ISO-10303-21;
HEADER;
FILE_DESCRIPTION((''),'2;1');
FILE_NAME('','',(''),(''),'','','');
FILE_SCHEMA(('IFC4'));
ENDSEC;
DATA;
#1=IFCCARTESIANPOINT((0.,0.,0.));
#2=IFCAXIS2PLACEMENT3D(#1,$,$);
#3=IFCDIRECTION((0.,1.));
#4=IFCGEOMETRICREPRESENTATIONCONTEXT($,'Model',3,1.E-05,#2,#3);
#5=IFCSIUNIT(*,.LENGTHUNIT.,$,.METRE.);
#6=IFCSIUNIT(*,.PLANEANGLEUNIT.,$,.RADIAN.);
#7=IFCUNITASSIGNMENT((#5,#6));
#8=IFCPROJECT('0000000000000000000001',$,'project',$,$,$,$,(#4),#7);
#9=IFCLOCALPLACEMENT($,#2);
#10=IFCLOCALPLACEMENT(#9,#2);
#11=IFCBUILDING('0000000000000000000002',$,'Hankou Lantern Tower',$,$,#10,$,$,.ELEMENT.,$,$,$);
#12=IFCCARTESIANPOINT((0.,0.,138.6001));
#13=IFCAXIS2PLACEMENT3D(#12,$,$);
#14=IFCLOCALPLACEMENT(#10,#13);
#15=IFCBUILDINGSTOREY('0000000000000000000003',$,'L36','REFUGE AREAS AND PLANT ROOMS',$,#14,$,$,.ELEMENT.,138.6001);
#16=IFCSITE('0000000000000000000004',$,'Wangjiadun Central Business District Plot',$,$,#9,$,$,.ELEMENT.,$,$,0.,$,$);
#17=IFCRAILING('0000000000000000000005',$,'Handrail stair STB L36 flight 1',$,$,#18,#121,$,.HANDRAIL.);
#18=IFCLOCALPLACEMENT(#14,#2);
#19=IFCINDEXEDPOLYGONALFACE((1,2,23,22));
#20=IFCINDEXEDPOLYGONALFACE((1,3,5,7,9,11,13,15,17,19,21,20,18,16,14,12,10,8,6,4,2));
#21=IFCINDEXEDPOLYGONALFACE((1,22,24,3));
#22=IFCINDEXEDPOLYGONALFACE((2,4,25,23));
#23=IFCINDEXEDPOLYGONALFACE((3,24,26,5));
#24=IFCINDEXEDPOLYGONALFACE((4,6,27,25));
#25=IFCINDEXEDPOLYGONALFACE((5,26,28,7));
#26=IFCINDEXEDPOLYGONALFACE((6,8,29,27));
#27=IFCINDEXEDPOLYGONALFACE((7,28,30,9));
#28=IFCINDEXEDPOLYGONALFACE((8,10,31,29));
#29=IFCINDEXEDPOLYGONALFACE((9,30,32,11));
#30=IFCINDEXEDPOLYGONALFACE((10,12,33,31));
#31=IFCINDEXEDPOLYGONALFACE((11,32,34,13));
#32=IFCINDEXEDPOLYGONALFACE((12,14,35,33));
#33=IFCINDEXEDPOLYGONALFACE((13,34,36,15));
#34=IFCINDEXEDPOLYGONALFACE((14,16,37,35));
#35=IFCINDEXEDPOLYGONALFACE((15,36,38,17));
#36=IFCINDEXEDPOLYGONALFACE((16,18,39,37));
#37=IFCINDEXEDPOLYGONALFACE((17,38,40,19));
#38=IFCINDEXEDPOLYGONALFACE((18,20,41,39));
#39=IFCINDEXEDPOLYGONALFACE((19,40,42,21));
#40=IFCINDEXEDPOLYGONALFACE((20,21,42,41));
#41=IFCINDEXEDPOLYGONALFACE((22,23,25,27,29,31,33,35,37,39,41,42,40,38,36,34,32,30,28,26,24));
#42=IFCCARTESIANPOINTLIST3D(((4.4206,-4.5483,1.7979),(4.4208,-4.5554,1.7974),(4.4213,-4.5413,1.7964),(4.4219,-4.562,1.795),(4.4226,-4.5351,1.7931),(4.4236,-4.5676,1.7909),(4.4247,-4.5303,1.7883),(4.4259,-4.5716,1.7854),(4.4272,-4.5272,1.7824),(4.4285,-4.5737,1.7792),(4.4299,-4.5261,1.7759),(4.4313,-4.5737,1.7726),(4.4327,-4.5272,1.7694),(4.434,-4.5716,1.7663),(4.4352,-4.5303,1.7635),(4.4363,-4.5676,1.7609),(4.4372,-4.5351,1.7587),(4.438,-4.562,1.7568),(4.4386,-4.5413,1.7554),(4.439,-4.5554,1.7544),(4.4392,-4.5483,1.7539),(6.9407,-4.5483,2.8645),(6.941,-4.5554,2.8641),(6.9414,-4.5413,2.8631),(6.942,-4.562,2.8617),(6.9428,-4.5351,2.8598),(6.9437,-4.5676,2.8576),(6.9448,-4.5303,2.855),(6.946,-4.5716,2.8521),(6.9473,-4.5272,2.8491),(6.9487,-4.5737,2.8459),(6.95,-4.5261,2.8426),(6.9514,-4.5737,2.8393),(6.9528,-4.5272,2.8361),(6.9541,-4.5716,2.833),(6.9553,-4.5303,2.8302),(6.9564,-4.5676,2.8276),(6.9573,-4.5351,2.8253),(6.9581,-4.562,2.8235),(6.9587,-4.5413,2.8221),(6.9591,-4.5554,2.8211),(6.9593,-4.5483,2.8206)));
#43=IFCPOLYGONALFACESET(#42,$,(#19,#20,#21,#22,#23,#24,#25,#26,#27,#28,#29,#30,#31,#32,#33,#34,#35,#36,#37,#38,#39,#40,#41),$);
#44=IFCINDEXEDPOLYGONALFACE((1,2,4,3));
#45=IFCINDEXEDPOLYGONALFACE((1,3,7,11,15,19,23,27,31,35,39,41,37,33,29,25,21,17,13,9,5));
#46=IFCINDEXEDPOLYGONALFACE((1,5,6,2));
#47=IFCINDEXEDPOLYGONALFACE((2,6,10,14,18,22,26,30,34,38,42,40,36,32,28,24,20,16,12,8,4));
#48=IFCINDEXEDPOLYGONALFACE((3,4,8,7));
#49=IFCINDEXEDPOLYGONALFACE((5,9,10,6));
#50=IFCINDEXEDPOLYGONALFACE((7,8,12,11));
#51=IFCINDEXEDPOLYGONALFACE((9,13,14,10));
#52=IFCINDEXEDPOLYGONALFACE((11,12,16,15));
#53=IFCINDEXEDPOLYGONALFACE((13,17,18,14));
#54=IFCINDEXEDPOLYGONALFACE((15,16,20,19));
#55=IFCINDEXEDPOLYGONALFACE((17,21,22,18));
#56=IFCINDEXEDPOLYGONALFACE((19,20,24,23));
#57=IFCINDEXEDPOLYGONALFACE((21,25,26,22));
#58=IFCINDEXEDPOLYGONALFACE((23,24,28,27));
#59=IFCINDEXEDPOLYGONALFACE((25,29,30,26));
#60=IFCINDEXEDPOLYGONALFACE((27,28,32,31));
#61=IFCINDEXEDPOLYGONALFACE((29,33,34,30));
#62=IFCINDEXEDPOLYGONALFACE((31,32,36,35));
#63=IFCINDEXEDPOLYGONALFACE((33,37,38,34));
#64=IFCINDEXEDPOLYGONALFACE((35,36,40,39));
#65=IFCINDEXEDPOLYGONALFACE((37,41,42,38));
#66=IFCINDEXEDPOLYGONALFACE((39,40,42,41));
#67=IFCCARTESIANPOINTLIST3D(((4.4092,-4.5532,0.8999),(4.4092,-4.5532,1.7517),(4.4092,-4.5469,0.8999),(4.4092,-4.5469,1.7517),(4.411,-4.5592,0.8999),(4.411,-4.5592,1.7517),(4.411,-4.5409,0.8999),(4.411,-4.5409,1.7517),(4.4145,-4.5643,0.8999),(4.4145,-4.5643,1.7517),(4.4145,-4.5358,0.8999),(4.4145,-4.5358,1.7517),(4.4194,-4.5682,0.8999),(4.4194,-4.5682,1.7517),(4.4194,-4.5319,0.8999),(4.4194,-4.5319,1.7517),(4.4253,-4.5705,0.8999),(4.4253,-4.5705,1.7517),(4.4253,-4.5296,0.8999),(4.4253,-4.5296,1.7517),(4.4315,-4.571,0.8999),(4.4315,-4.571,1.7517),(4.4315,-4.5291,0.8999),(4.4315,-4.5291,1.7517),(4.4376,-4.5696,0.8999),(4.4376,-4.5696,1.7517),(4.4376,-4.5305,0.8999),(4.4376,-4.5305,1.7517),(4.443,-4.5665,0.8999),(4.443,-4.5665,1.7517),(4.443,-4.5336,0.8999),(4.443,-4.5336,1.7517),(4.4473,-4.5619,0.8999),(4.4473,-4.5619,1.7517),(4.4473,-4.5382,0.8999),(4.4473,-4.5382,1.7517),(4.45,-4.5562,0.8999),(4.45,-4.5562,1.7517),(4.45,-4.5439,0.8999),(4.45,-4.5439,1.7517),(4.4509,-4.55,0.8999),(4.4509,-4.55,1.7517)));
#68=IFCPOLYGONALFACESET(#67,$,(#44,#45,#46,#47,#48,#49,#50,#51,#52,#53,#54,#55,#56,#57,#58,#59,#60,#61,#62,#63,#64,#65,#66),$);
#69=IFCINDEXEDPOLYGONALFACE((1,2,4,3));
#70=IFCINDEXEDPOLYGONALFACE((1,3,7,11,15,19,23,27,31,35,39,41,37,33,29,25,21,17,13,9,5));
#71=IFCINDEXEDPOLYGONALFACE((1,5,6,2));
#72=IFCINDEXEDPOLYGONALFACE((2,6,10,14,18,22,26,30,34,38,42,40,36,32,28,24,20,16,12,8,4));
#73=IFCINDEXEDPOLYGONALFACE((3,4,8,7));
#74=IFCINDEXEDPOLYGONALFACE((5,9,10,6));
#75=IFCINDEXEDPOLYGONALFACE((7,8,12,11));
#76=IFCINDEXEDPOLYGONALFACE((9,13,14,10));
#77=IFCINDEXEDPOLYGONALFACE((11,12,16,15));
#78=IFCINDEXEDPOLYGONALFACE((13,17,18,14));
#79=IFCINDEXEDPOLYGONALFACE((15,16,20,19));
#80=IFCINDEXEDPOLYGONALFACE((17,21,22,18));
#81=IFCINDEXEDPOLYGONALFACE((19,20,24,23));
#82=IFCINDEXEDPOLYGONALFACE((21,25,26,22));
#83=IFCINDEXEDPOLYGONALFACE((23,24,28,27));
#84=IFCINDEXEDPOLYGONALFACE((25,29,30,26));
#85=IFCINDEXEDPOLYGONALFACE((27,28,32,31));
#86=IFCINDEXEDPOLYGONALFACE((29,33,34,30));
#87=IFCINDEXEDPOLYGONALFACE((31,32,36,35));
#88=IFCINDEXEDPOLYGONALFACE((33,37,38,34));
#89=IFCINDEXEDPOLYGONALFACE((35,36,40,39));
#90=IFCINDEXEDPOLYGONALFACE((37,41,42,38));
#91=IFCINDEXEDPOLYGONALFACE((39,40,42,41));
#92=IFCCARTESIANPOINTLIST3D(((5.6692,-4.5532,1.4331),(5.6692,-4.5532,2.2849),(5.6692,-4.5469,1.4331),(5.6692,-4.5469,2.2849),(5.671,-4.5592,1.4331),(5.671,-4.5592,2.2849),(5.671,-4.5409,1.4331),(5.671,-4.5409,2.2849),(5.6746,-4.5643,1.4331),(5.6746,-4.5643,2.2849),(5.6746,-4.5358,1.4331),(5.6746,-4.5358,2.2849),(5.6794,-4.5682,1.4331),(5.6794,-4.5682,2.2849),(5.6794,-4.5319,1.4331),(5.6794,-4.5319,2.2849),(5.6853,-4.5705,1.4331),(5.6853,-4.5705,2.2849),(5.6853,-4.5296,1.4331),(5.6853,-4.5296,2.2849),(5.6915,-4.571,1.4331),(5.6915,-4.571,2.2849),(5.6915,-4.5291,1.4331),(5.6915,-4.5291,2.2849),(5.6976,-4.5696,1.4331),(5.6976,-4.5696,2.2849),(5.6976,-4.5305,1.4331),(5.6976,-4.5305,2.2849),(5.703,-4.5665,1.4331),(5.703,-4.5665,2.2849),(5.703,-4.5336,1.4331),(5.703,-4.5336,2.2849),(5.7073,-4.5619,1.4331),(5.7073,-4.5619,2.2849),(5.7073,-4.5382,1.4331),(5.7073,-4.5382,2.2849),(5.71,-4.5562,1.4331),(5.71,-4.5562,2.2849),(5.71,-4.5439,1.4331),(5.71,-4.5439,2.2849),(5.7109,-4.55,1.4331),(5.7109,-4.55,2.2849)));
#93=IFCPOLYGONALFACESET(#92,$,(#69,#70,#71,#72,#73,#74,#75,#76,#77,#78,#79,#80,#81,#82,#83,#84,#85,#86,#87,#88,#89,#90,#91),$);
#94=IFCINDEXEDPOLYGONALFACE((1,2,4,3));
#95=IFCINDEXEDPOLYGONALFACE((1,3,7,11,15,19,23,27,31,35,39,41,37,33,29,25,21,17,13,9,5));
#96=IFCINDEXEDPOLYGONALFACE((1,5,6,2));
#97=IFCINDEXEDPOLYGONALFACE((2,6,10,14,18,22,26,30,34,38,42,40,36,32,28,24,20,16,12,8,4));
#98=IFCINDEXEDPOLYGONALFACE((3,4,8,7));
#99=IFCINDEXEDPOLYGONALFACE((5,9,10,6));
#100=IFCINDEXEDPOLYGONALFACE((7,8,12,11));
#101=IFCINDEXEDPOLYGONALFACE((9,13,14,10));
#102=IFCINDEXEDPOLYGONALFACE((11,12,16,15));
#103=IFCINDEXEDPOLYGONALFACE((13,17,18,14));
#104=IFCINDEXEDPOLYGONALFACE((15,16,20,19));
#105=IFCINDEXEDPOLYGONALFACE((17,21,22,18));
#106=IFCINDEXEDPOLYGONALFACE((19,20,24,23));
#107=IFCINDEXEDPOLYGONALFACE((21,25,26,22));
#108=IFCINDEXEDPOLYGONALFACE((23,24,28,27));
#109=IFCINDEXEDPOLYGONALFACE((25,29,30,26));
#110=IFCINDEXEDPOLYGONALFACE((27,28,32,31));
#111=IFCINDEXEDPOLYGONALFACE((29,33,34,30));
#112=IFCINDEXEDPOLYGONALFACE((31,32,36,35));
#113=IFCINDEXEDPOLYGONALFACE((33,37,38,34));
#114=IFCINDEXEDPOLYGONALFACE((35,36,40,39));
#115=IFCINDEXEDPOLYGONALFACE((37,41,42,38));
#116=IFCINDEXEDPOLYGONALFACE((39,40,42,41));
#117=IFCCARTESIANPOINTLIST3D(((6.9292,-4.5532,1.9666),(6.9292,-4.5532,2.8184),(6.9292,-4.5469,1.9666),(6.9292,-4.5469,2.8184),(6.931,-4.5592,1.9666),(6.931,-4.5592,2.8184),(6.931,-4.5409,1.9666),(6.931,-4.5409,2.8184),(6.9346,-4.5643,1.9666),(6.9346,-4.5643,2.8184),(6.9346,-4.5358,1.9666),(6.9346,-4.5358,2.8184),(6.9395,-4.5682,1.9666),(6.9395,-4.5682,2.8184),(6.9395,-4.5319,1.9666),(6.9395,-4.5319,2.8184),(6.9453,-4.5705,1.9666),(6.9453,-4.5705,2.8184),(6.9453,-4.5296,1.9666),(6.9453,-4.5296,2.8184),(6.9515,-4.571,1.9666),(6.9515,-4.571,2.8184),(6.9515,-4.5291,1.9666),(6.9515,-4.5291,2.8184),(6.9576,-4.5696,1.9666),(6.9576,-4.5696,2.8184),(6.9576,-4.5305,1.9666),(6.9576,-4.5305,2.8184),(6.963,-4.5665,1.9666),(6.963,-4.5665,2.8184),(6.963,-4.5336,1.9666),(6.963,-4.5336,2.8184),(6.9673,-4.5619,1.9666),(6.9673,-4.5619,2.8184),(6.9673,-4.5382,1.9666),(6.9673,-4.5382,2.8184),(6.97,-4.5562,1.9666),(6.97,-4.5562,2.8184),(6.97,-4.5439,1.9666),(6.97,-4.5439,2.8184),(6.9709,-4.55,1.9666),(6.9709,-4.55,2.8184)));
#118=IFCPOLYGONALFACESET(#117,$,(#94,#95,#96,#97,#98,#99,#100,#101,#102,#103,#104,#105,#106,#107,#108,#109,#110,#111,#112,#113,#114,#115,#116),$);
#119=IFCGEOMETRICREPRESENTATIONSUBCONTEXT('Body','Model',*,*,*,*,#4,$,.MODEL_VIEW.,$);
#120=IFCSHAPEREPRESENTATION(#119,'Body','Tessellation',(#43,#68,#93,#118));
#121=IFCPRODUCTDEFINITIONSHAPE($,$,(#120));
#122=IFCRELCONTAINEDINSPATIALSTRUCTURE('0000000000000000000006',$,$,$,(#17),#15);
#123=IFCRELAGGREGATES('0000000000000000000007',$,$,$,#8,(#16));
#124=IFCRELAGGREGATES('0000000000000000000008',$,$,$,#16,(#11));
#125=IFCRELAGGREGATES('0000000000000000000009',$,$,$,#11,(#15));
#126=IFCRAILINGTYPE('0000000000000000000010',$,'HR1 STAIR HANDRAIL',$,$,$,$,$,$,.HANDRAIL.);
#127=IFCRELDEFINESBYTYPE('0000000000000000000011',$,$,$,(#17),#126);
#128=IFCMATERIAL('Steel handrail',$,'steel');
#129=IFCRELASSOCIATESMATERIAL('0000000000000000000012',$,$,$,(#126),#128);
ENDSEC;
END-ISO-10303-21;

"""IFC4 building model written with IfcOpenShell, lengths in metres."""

from ifc_helpers import new_model, si_unit, direction, frame, origin, origin_2d, place, context, subcontext, project, spatial, circle, extrude, material, type_object, element, save


model = new_model("IFC4")

# Units and contexts
model_context = context("Model", 3, precision=1e-05, world=origin(), true_north=direction((0.0, 1.0)))
body_context = subcontext(model_context, "Body", "Model", "MODEL_VIEW")
ifc_project = project(units=[si_unit("LENGTHUNIT", "METRE"), si_unit("PLANEANGLEUNIT", "RADIAN")], contexts=[model_context])

# Site, building, storey
site_placement = place(None, origin())
site = spatial("IfcSite", under=ifc_project, at=site_placement, Name="Wangjiadun Central Business District Plot", CompositionType="ELEMENT", RefElevation=0.0)
building_placement = place(site_placement, origin())
building = spatial("IfcBuilding", under=site, at=building_placement, Name="Hankou Lantern Tower", CompositionType="ELEMENT")
storey_placement = place(building_placement, frame((0.0, 0.0, 138.6001)))
storey = spatial("IfcBuildingStorey", under=building, at=storey_placement, Name="L36", Description="REFUGE AREAS AND PLANT ROOMS", CompositionType="ELEMENT", Elevation=138.6001)

# Railing
ifc_material_1 = material(Name="Steel handrail", Category="steel")
railing_type = type_object("IfcRailingType", Name="HR1 STAIR HANDRAIL", PredefinedType="HANDRAIL", material=ifc_material_1)
railing_1_placement = place(storey_placement, frame((4.4299, -4.55, 0.8999)))
element("IfcRailing", 1, at=railing_1_placement, inside=storey, type_object=railing_type, Name="Handrail stair STB L36 flight 1", PredefinedType="HANDRAIL", context=body_context, shape_type="SweptSolid", body=[
    extrude(circle(Radius=0.0239, at=origin_2d()), frame((0.0, 0.0, 0.876), z_axis=(0.920903, 0.0, 0.389791), x_axis=(0.0, 1.0, 0.0)), (0.0, 0.0, 1.0), 2.7366),
    extrude(circle(Radius=0.021, at=origin_2d()), origin(), (0.0, 0.0, 1.0), 0.8518),
    extrude(circle(Radius=0.021, at=origin_2d()), frame((1.26, 0.0, 0.5332)), (0.0, 0.0, 1.0), 0.8518),
    extrude(circle(Radius=0.021, at=origin_2d()), frame((2.52, 0.0, 1.0667)), (0.0, 0.0, 1.0), 0.8518),
])

save(model, "model.ifc")
